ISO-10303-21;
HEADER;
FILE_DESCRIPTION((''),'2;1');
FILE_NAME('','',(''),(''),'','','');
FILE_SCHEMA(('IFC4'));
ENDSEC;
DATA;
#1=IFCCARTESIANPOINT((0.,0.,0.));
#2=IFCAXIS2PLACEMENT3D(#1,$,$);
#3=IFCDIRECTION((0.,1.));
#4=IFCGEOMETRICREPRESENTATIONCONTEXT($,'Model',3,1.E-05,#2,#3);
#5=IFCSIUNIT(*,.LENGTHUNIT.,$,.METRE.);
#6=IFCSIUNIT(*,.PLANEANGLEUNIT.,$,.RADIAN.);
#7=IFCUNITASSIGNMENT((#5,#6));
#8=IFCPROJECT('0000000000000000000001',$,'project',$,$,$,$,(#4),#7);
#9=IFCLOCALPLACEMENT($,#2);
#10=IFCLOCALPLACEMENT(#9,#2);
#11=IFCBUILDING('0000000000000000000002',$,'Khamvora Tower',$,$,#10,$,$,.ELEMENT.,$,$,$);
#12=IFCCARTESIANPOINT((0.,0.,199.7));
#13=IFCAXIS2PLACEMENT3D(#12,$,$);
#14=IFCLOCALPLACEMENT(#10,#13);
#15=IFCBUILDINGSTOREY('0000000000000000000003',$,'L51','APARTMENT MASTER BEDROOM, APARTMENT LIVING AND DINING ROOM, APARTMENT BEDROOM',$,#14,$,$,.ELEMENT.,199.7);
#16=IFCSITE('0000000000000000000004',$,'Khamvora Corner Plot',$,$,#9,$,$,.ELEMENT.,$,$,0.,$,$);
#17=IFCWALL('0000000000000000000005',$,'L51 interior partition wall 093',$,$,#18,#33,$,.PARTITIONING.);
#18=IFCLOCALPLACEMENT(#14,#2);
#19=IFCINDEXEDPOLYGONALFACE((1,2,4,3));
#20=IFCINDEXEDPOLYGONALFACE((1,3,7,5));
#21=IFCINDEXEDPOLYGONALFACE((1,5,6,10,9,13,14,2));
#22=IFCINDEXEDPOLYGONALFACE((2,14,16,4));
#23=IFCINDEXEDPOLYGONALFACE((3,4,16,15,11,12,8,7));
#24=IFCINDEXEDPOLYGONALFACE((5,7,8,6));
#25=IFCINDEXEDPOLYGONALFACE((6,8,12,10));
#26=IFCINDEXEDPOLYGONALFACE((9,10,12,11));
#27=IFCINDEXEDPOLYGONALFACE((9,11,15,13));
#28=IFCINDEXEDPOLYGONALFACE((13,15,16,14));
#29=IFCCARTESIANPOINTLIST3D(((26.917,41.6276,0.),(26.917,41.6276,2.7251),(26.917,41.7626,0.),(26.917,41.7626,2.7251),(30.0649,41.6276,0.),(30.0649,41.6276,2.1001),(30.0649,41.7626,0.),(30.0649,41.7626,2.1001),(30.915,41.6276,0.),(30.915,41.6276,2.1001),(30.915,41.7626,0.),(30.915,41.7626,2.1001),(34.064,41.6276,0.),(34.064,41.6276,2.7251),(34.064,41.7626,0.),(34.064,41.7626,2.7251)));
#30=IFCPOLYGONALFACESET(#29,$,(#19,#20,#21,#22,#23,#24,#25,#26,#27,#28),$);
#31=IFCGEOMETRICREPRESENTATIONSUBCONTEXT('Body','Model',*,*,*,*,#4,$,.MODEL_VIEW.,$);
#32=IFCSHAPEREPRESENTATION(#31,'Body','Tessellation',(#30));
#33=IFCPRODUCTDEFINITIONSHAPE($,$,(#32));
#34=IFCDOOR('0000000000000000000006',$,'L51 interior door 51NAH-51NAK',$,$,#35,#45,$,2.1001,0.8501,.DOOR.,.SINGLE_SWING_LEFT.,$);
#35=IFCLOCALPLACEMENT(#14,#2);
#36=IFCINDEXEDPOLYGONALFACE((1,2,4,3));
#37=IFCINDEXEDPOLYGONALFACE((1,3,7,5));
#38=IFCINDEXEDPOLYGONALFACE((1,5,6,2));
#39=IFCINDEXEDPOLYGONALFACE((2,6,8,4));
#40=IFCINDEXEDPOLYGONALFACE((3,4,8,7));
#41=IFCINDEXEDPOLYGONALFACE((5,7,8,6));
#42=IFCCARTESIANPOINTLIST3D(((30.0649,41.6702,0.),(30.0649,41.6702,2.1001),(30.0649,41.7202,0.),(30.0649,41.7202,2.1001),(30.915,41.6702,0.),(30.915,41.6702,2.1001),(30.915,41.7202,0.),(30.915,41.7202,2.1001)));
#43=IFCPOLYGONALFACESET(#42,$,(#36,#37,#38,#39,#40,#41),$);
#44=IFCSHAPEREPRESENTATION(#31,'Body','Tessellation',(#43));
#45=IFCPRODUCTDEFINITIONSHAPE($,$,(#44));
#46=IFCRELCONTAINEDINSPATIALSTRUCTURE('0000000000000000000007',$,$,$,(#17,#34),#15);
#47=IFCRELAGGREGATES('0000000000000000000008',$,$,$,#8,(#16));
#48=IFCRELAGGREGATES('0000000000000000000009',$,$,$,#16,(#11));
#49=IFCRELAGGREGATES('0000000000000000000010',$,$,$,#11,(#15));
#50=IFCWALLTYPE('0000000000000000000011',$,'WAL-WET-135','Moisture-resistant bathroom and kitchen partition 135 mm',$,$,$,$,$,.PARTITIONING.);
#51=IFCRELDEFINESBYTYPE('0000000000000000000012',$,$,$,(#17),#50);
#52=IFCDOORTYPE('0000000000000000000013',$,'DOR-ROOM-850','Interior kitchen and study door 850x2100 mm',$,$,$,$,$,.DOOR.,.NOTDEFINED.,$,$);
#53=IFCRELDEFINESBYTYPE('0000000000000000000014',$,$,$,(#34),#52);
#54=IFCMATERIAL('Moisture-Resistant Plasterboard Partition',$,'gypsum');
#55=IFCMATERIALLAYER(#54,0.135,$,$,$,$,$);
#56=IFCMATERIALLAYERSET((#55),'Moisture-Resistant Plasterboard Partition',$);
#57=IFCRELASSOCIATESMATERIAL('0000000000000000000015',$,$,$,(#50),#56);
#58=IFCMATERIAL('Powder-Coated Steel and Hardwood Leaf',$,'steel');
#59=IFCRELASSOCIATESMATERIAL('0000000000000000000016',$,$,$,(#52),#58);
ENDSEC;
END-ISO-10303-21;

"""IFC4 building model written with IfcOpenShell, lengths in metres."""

from ifc_helpers import new_model, si_unit, direction, frame, frame_2d, origin, place, context, subcontext, project, spatial, rectangle, extrude, material, layer, layer_set, type_object, element, fill, save


model = new_model("IFC4")

# Units and contexts
model_context = context("Model", 3, precision=1e-05, world=origin(), true_north=direction((0.0, 1.0)))
body_context = subcontext(model_context, "Body", "Model", "MODEL_VIEW")
ifc_project = project(units=[si_unit("LENGTHUNIT", "METRE"), si_unit("PLANEANGLEUNIT", "RADIAN")], contexts=[model_context])

# Site, building, storey
site_placement = place(None, origin())
site = spatial("IfcSite", under=ifc_project, at=site_placement, Name="Khamvora Corner Plot", CompositionType="ELEMENT", RefElevation=0.0)
building_placement = place(site_placement, origin())
building = spatial("IfcBuilding", under=site, at=building_placement, Name="Khamvora Tower", CompositionType="ELEMENT")
storey_placement = place(building_placement, frame((0.0, 0.0, 199.7)))
storey = spatial("IfcBuildingStorey", under=building, at=storey_placement, Name="L51", Description="APARTMENT MASTER BEDROOM, APARTMENT LIVING AND DINING ROOM, APARTMENT BEDROOM", CompositionType="ELEMENT", Elevation=199.7)

# Shared definitions
ifc_material_1 = material(Name="Powder-Coated Steel and Hardwood Leaf", Category="steel")

# Shared definitions
ifc_material_2 = material(Name="Moisture-Resistant Plasterboard Partition", Category="gypsum")
ifc_layer_1 = layer(ifc_material_2, 0.135)
ifc_layer_set_1 = layer_set([ifc_layer_1], Name="Moisture-Resistant Plasterboard Partition")
wall_type_1 = type_object("IfcWallType", Name="WAL-WET-135", Description="Moisture-resistant bathroom and kitchen partition 135 mm", PredefinedType="PARTITIONING", material=ifc_layer_set_1)

# Wall, opening, door
wall_1_placement = place(storey_placement, frame((34.064, 41.6951, 0.0), z_axis=(0.0, 0.0, 1.0), x_axis=(-1.0, 0.0, 0.0)))
wall_1 = element("IfcWall", 1, at=wall_1_placement, inside=storey, type_object=wall_type_1, Name="L51 interior partition wall 093", PredefinedType="PARTITIONING", context=body_context, shape_type="SweptSolid", body=[
    extrude(rectangle(XDim=7.147, YDim=0.135, at=frame_2d((3.5735, 0.0))), origin(), (0.0, 0.0, 1.0), 2.7251),
])
opening_1_placement = place(wall_1_placement, frame((3.1489, 0.0, 0.0)))
opening_1 = element("IfcOpeningElement", 2, at=opening_1_placement, cuts=wall_1, PredefinedType="OPENING", context=body_context, shape_type="SweptSolid", body=[
    extrude(rectangle(XDim=0.8501, YDim=2.1001, at=frame_2d((0.425, 1.05))), frame((0.0, 0.0774, 0.0), z_axis=(0.0, -1.0, 0.0), x_axis=(1.0, 0.0, 0.0)), (0.0, 0.0, 1.0), 0.155),
])
door_type_1 = type_object("IfcDoorType", Name="DOR-ROOM-850", Description="Interior kitchen and study door 850x2100 mm", OperationType="NOTDEFINED", PredefinedType="DOOR", material=ifc_material_1)
door_1_placement = place(opening_1_placement, origin())
door_1 = element("IfcDoor", 3, at=door_1_placement, inside=storey, type_object=door_type_1, Name="L51 interior door 51NAH-51NAK", OperationType="SINGLE_SWING_LEFT", OverallHeight=2.1001, OverallWidth=0.8501, PredefinedType="DOOR", context=body_context, shape_type="SweptSolid", body=[
    extrude(rectangle(XDim=0.8501, YDim=2.1001, at=frame_2d((0.425, 1.05))), frame((0.0, 0.0249, 0.0), z_axis=(0.0, -1.0, 0.0), x_axis=(1.0, 0.0, 0.0)), (0.0, 0.0, 1.0), 0.05),
])
fill(opening_1, door_1)

save(model, "model.ifc")
